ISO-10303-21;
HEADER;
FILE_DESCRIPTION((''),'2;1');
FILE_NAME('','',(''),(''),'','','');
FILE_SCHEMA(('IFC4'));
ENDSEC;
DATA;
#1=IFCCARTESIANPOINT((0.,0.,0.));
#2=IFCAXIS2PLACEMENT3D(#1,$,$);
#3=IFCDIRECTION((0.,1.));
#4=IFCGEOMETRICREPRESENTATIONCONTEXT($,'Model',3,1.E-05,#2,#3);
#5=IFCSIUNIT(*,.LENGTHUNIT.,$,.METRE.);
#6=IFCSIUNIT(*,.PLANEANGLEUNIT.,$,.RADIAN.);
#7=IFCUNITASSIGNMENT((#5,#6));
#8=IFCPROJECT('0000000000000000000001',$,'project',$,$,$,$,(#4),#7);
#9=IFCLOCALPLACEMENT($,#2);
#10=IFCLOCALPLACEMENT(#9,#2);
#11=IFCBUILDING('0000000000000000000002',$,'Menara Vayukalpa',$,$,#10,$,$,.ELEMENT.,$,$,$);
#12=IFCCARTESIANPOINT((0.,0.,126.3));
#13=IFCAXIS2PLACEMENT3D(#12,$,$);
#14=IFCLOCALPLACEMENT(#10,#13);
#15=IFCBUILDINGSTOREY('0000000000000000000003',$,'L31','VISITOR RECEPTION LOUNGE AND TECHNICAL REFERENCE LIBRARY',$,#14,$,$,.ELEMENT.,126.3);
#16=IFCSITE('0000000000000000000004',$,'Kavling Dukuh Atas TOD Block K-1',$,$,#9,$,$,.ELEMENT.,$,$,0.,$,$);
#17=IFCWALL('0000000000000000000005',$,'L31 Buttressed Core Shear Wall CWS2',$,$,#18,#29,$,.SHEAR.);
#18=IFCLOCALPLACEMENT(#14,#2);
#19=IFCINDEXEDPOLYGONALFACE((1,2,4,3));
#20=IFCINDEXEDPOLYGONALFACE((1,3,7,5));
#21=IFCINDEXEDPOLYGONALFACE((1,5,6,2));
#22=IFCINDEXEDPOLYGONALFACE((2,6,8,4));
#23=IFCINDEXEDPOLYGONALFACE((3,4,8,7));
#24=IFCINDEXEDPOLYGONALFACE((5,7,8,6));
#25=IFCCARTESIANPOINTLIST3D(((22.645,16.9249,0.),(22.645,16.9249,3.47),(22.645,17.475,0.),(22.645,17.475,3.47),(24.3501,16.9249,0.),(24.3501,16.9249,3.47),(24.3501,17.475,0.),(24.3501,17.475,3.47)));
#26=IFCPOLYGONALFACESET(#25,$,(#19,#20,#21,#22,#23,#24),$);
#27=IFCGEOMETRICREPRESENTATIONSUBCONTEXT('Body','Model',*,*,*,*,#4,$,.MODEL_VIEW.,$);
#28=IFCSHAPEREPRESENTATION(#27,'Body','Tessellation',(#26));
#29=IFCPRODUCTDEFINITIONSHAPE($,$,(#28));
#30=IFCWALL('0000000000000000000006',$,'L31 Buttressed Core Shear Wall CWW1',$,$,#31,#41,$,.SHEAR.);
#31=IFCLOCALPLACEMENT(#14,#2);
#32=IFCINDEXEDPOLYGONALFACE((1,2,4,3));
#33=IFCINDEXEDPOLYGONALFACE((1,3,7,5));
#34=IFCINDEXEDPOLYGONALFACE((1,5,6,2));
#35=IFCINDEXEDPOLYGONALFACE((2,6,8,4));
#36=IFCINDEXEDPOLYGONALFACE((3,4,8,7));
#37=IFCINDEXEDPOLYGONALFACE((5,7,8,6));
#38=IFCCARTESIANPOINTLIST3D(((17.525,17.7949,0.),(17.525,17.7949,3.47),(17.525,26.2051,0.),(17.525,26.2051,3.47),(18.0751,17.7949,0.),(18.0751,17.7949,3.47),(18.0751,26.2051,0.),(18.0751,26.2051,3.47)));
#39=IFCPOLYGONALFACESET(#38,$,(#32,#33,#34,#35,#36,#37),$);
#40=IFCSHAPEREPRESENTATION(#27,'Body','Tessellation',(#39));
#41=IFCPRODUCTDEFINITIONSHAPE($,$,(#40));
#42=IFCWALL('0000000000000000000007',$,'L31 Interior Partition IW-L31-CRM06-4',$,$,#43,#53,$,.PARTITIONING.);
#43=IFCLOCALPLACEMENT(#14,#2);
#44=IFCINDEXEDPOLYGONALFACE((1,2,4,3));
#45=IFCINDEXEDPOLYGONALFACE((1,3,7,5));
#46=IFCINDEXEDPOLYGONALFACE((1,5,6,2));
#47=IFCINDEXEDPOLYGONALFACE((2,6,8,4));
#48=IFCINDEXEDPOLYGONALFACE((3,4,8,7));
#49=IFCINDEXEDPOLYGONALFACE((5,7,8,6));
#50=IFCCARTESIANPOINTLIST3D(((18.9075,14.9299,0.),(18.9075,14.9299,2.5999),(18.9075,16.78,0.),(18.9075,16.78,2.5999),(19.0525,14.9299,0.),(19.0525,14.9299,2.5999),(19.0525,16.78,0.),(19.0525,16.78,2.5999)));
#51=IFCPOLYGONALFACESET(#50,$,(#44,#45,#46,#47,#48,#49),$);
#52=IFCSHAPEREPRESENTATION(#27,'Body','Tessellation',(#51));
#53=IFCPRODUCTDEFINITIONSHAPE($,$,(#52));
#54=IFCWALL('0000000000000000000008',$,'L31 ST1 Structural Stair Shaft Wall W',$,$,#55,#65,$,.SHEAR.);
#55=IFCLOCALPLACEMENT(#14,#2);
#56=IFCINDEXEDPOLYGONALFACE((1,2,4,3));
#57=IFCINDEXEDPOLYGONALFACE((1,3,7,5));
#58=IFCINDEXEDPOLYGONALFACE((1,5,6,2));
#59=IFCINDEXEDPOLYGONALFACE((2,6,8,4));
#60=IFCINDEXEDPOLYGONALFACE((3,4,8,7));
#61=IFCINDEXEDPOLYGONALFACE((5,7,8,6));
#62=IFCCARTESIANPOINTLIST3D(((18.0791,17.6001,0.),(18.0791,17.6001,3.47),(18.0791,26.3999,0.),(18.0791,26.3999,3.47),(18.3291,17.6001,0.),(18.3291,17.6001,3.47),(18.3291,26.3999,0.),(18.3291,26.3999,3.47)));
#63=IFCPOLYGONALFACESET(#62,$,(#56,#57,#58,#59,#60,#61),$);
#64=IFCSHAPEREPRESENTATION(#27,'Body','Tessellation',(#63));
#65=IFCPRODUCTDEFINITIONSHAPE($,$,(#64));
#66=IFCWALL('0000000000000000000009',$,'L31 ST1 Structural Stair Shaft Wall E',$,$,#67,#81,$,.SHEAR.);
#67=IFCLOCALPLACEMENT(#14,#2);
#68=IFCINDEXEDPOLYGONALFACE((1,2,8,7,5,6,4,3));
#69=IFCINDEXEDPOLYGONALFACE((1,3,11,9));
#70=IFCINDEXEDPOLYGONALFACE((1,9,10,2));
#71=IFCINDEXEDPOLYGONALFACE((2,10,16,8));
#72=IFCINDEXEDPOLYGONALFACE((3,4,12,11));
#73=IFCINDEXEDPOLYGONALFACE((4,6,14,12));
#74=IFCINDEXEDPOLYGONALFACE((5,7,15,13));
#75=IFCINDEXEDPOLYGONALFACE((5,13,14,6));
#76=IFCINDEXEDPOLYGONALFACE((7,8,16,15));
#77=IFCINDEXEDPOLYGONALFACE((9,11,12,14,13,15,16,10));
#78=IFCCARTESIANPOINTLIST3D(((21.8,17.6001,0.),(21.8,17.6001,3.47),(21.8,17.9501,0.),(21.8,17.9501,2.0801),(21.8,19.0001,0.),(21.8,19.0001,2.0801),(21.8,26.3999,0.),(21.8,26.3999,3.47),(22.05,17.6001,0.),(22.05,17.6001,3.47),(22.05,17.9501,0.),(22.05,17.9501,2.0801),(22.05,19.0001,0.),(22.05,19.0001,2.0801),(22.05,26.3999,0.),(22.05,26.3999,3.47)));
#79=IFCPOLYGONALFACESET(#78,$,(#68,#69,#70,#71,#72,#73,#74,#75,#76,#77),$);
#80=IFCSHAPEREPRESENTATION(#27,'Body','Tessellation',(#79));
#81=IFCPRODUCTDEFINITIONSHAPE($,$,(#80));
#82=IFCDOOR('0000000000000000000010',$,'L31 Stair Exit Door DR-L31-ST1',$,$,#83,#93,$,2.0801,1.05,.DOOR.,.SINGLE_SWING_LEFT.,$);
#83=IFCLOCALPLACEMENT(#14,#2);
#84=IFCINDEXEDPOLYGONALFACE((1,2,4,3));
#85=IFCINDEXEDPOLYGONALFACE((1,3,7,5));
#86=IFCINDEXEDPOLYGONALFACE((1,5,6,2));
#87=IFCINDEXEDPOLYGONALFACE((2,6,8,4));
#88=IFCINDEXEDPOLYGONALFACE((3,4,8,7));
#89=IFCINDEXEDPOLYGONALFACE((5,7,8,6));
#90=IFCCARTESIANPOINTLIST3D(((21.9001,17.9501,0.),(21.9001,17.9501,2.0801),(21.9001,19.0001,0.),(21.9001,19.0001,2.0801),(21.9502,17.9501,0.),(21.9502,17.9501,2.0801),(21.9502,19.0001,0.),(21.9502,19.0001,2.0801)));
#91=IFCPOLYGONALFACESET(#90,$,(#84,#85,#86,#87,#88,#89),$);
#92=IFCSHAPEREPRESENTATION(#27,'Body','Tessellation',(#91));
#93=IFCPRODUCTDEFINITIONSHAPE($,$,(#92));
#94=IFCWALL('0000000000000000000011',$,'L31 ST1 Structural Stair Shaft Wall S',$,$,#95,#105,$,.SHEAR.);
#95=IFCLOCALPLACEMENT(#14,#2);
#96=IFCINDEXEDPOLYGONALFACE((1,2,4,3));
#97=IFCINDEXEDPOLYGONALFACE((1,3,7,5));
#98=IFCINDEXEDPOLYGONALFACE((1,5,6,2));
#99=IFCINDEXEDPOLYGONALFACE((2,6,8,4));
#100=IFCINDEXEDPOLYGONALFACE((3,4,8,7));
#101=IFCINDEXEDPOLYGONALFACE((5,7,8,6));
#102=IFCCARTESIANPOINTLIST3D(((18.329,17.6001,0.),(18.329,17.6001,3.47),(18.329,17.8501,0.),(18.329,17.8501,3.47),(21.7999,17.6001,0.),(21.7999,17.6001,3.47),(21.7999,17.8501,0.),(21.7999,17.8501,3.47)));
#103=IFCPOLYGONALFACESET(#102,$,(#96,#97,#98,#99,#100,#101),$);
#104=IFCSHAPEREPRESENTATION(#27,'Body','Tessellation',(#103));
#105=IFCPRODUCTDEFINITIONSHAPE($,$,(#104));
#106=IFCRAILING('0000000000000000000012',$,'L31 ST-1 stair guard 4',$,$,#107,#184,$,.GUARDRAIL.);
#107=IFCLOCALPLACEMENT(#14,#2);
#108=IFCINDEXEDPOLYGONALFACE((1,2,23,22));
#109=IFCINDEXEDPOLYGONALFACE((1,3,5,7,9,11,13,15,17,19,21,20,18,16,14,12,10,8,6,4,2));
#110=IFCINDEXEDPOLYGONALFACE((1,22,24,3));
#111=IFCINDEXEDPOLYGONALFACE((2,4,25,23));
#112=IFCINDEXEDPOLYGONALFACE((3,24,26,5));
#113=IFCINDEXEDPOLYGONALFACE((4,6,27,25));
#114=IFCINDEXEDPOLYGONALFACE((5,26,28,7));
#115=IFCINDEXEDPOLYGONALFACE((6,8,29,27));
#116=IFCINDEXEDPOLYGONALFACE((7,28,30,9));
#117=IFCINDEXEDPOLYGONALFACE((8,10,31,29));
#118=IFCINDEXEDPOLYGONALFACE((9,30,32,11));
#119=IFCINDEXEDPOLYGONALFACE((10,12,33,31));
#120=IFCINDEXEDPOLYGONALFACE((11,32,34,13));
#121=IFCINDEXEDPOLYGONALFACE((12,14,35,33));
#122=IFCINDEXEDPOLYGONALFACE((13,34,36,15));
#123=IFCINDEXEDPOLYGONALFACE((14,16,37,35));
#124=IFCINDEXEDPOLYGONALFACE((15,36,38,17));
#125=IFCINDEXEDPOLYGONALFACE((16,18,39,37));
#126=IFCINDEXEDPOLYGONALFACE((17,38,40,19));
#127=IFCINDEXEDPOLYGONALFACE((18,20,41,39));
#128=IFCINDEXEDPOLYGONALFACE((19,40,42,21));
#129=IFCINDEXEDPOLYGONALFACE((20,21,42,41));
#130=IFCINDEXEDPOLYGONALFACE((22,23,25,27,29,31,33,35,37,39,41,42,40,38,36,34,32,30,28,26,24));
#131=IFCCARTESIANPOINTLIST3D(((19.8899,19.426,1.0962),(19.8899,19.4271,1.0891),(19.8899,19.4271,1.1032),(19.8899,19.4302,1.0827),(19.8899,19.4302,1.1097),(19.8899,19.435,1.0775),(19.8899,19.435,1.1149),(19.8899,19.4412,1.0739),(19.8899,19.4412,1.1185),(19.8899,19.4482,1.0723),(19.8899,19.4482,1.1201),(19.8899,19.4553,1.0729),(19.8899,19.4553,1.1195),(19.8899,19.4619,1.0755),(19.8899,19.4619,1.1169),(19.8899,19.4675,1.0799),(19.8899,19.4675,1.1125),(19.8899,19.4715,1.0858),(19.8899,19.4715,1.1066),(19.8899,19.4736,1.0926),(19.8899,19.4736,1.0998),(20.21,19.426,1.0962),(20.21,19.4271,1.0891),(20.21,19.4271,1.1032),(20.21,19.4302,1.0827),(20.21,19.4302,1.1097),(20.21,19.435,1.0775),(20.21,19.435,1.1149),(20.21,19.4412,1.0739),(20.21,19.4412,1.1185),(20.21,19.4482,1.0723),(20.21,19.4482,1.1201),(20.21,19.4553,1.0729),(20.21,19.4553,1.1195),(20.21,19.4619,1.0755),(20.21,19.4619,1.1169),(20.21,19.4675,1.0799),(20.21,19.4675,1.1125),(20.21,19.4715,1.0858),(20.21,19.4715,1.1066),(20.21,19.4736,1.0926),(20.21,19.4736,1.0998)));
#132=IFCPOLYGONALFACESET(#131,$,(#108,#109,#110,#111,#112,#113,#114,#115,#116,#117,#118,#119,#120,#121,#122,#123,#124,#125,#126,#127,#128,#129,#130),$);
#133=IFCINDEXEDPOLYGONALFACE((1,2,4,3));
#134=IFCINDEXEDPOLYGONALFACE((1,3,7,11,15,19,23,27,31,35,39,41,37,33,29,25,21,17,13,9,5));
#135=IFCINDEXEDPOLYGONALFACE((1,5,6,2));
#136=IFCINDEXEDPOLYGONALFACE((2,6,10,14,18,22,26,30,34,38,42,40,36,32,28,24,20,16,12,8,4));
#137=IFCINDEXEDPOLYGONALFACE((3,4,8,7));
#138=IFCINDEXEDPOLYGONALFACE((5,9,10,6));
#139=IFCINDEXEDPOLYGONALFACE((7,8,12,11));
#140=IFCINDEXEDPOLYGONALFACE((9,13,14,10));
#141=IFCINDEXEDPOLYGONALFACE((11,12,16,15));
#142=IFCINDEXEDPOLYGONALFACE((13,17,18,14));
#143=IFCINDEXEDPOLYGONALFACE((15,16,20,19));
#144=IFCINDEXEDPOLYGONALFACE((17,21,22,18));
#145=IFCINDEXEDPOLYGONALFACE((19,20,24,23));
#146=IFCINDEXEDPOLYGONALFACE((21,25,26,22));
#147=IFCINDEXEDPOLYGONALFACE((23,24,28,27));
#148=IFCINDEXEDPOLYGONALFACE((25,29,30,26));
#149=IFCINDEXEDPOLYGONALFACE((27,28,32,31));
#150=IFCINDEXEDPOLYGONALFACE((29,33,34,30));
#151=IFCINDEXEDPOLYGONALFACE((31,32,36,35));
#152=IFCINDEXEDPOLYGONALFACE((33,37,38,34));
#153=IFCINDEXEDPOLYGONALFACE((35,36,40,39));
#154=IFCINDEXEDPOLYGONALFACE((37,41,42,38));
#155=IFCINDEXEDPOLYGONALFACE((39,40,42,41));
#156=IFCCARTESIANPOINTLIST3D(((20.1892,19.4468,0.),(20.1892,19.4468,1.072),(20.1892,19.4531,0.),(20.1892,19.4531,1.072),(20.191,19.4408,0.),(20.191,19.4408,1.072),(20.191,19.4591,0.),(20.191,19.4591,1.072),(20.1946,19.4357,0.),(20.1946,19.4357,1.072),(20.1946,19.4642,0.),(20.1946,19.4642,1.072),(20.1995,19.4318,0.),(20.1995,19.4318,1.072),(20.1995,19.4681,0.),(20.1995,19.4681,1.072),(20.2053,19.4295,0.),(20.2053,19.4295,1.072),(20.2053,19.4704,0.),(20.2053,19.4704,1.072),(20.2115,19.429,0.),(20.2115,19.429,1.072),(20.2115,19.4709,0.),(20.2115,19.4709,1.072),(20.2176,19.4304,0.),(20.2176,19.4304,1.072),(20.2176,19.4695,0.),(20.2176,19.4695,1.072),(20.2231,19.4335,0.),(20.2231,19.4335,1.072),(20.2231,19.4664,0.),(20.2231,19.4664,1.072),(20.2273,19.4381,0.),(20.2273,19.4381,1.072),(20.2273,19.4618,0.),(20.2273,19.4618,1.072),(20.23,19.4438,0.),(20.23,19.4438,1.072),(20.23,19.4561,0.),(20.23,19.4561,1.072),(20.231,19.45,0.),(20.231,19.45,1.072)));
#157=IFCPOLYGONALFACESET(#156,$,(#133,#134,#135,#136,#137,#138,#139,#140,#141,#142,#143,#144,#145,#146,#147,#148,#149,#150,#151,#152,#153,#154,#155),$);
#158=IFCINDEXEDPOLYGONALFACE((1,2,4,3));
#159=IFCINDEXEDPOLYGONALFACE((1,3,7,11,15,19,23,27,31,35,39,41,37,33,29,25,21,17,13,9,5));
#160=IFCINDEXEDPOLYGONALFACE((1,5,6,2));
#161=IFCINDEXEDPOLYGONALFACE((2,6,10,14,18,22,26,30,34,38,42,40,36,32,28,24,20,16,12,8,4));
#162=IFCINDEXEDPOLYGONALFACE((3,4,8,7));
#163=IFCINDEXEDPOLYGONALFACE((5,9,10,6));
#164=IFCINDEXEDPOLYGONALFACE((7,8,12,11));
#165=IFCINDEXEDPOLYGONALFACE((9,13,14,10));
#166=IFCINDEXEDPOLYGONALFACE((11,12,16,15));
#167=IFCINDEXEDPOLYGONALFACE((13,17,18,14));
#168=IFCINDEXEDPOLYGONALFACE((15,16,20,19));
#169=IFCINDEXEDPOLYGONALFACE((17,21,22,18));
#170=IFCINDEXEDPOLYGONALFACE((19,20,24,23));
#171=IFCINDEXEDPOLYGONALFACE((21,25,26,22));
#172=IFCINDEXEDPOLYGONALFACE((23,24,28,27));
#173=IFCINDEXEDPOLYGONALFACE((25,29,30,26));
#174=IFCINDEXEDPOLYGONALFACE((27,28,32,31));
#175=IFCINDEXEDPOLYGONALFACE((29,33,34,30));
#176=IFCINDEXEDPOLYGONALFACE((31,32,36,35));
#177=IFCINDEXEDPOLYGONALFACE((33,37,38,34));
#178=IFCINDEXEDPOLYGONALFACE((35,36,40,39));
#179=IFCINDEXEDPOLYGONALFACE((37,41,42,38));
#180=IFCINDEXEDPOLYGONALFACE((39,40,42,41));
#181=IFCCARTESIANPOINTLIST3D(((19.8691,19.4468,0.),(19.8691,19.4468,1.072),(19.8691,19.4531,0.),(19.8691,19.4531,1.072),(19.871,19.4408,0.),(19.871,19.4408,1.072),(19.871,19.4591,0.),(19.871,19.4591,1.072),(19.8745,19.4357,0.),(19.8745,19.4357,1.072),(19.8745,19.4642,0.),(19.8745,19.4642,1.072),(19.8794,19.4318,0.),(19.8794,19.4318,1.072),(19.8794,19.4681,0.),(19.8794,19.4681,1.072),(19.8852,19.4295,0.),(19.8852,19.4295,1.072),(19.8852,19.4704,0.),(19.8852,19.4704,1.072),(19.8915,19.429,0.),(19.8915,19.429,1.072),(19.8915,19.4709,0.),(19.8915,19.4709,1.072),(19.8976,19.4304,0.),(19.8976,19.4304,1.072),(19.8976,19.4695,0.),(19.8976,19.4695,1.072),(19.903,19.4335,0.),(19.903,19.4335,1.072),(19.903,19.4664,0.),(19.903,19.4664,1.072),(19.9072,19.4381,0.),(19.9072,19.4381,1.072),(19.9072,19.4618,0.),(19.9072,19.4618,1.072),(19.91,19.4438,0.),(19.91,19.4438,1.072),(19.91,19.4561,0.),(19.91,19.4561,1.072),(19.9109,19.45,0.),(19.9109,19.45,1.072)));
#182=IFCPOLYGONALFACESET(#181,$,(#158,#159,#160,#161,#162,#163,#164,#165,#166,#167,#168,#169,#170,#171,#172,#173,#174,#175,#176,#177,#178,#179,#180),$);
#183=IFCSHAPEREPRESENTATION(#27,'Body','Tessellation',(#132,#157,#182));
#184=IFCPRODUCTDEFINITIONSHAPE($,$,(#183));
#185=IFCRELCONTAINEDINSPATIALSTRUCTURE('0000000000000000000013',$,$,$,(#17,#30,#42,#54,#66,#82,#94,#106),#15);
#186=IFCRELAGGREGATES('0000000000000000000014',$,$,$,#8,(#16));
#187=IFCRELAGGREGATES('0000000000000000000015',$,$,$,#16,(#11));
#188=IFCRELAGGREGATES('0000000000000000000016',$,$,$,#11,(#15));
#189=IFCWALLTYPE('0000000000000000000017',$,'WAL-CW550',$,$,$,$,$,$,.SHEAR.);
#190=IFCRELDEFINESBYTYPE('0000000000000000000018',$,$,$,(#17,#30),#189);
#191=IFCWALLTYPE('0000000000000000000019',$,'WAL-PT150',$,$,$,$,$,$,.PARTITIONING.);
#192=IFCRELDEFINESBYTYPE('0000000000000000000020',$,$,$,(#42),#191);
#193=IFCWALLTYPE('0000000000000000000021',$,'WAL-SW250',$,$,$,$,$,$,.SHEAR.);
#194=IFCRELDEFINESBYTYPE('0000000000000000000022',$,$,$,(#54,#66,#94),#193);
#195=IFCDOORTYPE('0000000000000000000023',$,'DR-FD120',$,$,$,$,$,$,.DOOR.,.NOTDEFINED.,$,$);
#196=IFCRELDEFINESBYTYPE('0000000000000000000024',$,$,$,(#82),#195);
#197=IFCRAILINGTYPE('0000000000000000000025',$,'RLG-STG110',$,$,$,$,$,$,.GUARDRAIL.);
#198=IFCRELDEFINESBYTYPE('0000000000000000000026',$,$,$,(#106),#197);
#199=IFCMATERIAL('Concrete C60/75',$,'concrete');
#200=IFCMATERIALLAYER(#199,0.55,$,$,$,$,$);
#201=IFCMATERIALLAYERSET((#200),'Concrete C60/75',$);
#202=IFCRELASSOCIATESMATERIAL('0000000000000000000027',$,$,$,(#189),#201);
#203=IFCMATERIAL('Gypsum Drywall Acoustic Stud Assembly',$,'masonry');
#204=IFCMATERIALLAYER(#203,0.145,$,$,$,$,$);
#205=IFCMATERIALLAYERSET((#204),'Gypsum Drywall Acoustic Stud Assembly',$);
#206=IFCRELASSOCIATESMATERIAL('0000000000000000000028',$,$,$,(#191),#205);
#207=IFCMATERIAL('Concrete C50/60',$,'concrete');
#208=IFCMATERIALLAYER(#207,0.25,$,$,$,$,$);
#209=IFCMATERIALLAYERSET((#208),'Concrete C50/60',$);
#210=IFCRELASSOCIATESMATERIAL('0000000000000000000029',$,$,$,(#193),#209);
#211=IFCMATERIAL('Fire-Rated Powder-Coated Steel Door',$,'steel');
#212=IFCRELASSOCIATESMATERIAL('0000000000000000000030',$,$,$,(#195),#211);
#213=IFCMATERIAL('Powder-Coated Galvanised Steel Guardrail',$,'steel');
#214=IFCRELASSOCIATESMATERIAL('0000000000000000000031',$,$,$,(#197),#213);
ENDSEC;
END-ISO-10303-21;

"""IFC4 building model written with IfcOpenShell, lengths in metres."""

from ifc_helpers import new_model, si_unit, direction, frame, frame_2d, origin, origin_2d, place, context, subcontext, project, spatial, rectangle, circle, extrude, material, layer, layer_set, type_object, element, fill, save


model = new_model("IFC4")

# Units and contexts
model_context = context("Model", 3, precision=1e-05, world=origin(), true_north=direction((0.0, 1.0)))
body_context = subcontext(model_context, "Body", "Model", "MODEL_VIEW")
ifc_project = project(units=[si_unit("LENGTHUNIT", "METRE"), si_unit("PLANEANGLEUNIT", "RADIAN")], contexts=[model_context])

# Site, building, storey
site_placement = place(None, origin())
site = spatial("IfcSite", under=ifc_project, at=site_placement, Name="Kavling Dukuh Atas TOD Block K-1", CompositionType="ELEMENT", RefElevation=0.0)
building_placement = place(site_placement, origin())
building = spatial("IfcBuilding", under=site, at=building_placement, Name="Menara Vayukalpa", CompositionType="ELEMENT")
storey_placement = place(building_placement, frame((0.0, 0.0, 126.3)))
storey = spatial("IfcBuildingStorey", under=building, at=storey_placement, Name="L31", Description="VISITOR RECEPTION LOUNGE AND TECHNICAL REFERENCE LIBRARY", CompositionType="ELEMENT", Elevation=126.3)

# Walls
ifc_material_1 = material(Name="Concrete C60/75", Category="concrete")
ifc_layer_1 = layer(ifc_material_1, 0.55)
ifc_layer_set_1 = layer_set([ifc_layer_1], Name="Concrete C60/75")
wall_type_1 = type_object("IfcWallType", Name="WAL-CW550", PredefinedType="SHEAR", material=ifc_layer_set_1)
wall_1_placement = place(storey_placement, frame((22.645, 17.2, 0.0), z_axis=(0.0, 0.0, 1.0), x_axis=(1.0, 0.0, 0.0)))
element("IfcWall", 1, at=wall_1_placement, inside=storey, type_object=wall_type_1, Name="L31 Buttressed Core Shear Wall CWS2", PredefinedType="SHEAR", context=body_context, shape_type="SweptSolid", body=[
    extrude(rectangle(XDim=1.7051, YDim=0.55, at=frame_2d((0.8525, 0.0))), origin(), (0.0, 0.0, 1.0), 3.47),
])
wall_2_placement = place(storey_placement, frame((17.8, 17.7949, 0.0), z_axis=(0.0, 0.0, 1.0), x_axis=(0.0, 1.0, 0.0)))
element("IfcWall", 2, at=wall_2_placement, inside=storey, type_object=wall_type_1, Name="L31 Buttressed Core Shear Wall CWW1", PredefinedType="SHEAR", context=body_context, shape_type="SweptSolid", body=[
    extrude(rectangle(XDim=8.4102, YDim=0.55, at=frame_2d((4.2051, 0.0))), origin(), (0.0, 0.0, 1.0), 3.47),
])
ifc_material_2 = material(Name="Gypsum Drywall Acoustic Stud Assembly", Category="masonry")
ifc_layer_2 = layer(ifc_material_2, 0.145)
ifc_layer_set_2 = layer_set([ifc_layer_2], Name="Gypsum Drywall Acoustic Stud Assembly")
wall_type_2 = type_object("IfcWallType", Name="WAL-PT150", PredefinedType="PARTITIONING", material=ifc_layer_set_2)
wall_3_placement = place(storey_placement, frame((18.98, 16.78, 0.0), z_axis=(0.0, 0.0, 1.0), x_axis=(0.0, -1.0, 0.0)))
element("IfcWall", 3, at=wall_3_placement, inside=storey, type_object=wall_type_2, Name="L31 Interior Partition IW-L31-CRM06-4", PredefinedType="PARTITIONING", context=body_context, shape_type="SweptSolid", body=[
    extrude(rectangle(XDim=1.8501, YDim=0.145, at=frame_2d((0.925, 0.0))), origin(), (0.0, 0.0, 1.0), 2.5999),
])
ifc_material_3 = material(Name="Concrete C50/60", Category="concrete")
ifc_layer_3 = layer(ifc_material_3, 0.25)
ifc_layer_set_3 = layer_set([ifc_layer_3], Name="Concrete C50/60")
wall_type_3 = type_object("IfcWallType", Name="WAL-SW250", PredefinedType="SHEAR", material=ifc_layer_set_3)
wall_4_placement = place(storey_placement, frame((18.2041, 17.6001, 0.0), z_axis=(0.0, 0.0, 1.0), x_axis=(0.0, 1.0, 0.0)))
element("IfcWall", 4, at=wall_4_placement, inside=storey, type_object=wall_type_3, Name="L31 ST1 Structural Stair Shaft Wall W", PredefinedType="SHEAR", context=body_context, shape_type="SweptSolid", body=[
    extrude(rectangle(XDim=8.7998, YDim=0.25, at=frame_2d((4.3999, 0.0))), origin(), (0.0, 0.0, 1.0), 3.47),
])

# Wall, opening, door
wall_5_placement = place(storey_placement, frame((21.925, 17.6001, 0.0), z_axis=(0.0, 0.0, 1.0), x_axis=(0.0, 1.0, 0.0)))
wall_5 = element("IfcWall", 5, at=wall_5_placement, inside=storey, type_object=wall_type_3, Name="L31 ST1 Structural Stair Shaft Wall E", PredefinedType="SHEAR", context=body_context, shape_type="SweptSolid", body=[
    extrude(rectangle(XDim=8.7998, YDim=0.25, at=frame_2d((4.3999, 0.0))), origin(), (0.0, 0.0, 1.0), 3.47),
])
opening_placement = place(wall_5_placement, frame((0.3501, 0.0, 0.0)))
opening = element("IfcOpeningElement", 6, at=opening_placement, cuts=wall_5, PredefinedType="OPENING", context=body_context, shape_type="SweptSolid", body=[
    extrude(rectangle(XDim=1.05, YDim=2.0801, at=frame_2d((0.5249, 1.04))), frame((0.0, 0.135, 0.0), z_axis=(0.0, -1.0, 0.0), x_axis=(1.0, 0.0, 0.0)), (0.0, 0.0, 1.0), 0.27),
])
ifc_material_4 = material(Name="Fire-Rated Powder-Coated Steel Door", Category="steel")
door_type = type_object("IfcDoorType", Name="DR-FD120", OperationType="NOTDEFINED", PredefinedType="DOOR", material=ifc_material_4)
door_placement = place(opening_placement, origin())
door = element("IfcDoor", 7, at=door_placement, inside=storey, type_object=door_type, Name="L31 Stair Exit Door DR-L31-ST1", OperationType="SINGLE_SWING_LEFT", OverallHeight=2.0801, OverallWidth=1.05, PredefinedType="DOOR", context=body_context, shape_type="SweptSolid", body=[
    extrude(rectangle(XDim=1.05, YDim=2.0801, at=frame_2d((0.5249, 1.04))), frame((0.0, 0.0249, 0.0), z_axis=(0.0, -1.0, 0.0), x_axis=(1.0, 0.0, 0.0)), (0.0, 0.0, 1.0), 0.05),
])
fill(opening, door)

# Wall
wall_6_placement = place(storey_placement, frame((18.3291, 17.7251, 0.0), z_axis=(0.0, 0.0, 1.0), x_axis=(1.0, 0.0, 0.0)))
element("IfcWall", 8, at=wall_6_placement, inside=storey, type_object=wall_type_3, Name="L31 ST1 Structural Stair Shaft Wall S", PredefinedType="SHEAR", context=body_context, shape_type="SweptSolid", body=[
    extrude(rectangle(XDim=3.4709, YDim=0.25, at=frame_2d((1.7354, 0.0))), origin(), (0.0, 0.0, 1.0), 3.47),
])

# Railing
ifc_material_5 = material(Name="Powder-Coated Galvanised Steel Guardrail", Category="steel")
railing_type = type_object("IfcRailingType", Name="RLG-STG110", PredefinedType="GUARDRAIL", material=ifc_material_5)
railing_placement = place(storey_placement, frame((20.21, 19.45, 0.0)))
element("IfcRailing", 9, at=railing_placement, inside=storey, type_object=railing_type, Name="L31 ST-1 stair guard 4", PredefinedType="GUARDRAIL", context=body_context, shape_type="SweptSolid", body=[
    extrude(circle(Radius=0.0239, at=origin_2d()), frame((0.0, 0.0, 1.0962), z_axis=(-1.0, 0.0, 0.0), x_axis=(0.0, -1.0, 0.0)), (0.0, 0.0, 1.0), 0.3201),
    extrude(circle(Radius=0.021, at=origin_2d()), origin(), (0.0, 0.0, 1.0), 1.072),
    extrude(circle(Radius=0.021, at=origin_2d()), frame((-0.3201, 0.0, 0.0)), (0.0, 0.0, 1.0), 1.072),
])

save(model, "model.ifc")
